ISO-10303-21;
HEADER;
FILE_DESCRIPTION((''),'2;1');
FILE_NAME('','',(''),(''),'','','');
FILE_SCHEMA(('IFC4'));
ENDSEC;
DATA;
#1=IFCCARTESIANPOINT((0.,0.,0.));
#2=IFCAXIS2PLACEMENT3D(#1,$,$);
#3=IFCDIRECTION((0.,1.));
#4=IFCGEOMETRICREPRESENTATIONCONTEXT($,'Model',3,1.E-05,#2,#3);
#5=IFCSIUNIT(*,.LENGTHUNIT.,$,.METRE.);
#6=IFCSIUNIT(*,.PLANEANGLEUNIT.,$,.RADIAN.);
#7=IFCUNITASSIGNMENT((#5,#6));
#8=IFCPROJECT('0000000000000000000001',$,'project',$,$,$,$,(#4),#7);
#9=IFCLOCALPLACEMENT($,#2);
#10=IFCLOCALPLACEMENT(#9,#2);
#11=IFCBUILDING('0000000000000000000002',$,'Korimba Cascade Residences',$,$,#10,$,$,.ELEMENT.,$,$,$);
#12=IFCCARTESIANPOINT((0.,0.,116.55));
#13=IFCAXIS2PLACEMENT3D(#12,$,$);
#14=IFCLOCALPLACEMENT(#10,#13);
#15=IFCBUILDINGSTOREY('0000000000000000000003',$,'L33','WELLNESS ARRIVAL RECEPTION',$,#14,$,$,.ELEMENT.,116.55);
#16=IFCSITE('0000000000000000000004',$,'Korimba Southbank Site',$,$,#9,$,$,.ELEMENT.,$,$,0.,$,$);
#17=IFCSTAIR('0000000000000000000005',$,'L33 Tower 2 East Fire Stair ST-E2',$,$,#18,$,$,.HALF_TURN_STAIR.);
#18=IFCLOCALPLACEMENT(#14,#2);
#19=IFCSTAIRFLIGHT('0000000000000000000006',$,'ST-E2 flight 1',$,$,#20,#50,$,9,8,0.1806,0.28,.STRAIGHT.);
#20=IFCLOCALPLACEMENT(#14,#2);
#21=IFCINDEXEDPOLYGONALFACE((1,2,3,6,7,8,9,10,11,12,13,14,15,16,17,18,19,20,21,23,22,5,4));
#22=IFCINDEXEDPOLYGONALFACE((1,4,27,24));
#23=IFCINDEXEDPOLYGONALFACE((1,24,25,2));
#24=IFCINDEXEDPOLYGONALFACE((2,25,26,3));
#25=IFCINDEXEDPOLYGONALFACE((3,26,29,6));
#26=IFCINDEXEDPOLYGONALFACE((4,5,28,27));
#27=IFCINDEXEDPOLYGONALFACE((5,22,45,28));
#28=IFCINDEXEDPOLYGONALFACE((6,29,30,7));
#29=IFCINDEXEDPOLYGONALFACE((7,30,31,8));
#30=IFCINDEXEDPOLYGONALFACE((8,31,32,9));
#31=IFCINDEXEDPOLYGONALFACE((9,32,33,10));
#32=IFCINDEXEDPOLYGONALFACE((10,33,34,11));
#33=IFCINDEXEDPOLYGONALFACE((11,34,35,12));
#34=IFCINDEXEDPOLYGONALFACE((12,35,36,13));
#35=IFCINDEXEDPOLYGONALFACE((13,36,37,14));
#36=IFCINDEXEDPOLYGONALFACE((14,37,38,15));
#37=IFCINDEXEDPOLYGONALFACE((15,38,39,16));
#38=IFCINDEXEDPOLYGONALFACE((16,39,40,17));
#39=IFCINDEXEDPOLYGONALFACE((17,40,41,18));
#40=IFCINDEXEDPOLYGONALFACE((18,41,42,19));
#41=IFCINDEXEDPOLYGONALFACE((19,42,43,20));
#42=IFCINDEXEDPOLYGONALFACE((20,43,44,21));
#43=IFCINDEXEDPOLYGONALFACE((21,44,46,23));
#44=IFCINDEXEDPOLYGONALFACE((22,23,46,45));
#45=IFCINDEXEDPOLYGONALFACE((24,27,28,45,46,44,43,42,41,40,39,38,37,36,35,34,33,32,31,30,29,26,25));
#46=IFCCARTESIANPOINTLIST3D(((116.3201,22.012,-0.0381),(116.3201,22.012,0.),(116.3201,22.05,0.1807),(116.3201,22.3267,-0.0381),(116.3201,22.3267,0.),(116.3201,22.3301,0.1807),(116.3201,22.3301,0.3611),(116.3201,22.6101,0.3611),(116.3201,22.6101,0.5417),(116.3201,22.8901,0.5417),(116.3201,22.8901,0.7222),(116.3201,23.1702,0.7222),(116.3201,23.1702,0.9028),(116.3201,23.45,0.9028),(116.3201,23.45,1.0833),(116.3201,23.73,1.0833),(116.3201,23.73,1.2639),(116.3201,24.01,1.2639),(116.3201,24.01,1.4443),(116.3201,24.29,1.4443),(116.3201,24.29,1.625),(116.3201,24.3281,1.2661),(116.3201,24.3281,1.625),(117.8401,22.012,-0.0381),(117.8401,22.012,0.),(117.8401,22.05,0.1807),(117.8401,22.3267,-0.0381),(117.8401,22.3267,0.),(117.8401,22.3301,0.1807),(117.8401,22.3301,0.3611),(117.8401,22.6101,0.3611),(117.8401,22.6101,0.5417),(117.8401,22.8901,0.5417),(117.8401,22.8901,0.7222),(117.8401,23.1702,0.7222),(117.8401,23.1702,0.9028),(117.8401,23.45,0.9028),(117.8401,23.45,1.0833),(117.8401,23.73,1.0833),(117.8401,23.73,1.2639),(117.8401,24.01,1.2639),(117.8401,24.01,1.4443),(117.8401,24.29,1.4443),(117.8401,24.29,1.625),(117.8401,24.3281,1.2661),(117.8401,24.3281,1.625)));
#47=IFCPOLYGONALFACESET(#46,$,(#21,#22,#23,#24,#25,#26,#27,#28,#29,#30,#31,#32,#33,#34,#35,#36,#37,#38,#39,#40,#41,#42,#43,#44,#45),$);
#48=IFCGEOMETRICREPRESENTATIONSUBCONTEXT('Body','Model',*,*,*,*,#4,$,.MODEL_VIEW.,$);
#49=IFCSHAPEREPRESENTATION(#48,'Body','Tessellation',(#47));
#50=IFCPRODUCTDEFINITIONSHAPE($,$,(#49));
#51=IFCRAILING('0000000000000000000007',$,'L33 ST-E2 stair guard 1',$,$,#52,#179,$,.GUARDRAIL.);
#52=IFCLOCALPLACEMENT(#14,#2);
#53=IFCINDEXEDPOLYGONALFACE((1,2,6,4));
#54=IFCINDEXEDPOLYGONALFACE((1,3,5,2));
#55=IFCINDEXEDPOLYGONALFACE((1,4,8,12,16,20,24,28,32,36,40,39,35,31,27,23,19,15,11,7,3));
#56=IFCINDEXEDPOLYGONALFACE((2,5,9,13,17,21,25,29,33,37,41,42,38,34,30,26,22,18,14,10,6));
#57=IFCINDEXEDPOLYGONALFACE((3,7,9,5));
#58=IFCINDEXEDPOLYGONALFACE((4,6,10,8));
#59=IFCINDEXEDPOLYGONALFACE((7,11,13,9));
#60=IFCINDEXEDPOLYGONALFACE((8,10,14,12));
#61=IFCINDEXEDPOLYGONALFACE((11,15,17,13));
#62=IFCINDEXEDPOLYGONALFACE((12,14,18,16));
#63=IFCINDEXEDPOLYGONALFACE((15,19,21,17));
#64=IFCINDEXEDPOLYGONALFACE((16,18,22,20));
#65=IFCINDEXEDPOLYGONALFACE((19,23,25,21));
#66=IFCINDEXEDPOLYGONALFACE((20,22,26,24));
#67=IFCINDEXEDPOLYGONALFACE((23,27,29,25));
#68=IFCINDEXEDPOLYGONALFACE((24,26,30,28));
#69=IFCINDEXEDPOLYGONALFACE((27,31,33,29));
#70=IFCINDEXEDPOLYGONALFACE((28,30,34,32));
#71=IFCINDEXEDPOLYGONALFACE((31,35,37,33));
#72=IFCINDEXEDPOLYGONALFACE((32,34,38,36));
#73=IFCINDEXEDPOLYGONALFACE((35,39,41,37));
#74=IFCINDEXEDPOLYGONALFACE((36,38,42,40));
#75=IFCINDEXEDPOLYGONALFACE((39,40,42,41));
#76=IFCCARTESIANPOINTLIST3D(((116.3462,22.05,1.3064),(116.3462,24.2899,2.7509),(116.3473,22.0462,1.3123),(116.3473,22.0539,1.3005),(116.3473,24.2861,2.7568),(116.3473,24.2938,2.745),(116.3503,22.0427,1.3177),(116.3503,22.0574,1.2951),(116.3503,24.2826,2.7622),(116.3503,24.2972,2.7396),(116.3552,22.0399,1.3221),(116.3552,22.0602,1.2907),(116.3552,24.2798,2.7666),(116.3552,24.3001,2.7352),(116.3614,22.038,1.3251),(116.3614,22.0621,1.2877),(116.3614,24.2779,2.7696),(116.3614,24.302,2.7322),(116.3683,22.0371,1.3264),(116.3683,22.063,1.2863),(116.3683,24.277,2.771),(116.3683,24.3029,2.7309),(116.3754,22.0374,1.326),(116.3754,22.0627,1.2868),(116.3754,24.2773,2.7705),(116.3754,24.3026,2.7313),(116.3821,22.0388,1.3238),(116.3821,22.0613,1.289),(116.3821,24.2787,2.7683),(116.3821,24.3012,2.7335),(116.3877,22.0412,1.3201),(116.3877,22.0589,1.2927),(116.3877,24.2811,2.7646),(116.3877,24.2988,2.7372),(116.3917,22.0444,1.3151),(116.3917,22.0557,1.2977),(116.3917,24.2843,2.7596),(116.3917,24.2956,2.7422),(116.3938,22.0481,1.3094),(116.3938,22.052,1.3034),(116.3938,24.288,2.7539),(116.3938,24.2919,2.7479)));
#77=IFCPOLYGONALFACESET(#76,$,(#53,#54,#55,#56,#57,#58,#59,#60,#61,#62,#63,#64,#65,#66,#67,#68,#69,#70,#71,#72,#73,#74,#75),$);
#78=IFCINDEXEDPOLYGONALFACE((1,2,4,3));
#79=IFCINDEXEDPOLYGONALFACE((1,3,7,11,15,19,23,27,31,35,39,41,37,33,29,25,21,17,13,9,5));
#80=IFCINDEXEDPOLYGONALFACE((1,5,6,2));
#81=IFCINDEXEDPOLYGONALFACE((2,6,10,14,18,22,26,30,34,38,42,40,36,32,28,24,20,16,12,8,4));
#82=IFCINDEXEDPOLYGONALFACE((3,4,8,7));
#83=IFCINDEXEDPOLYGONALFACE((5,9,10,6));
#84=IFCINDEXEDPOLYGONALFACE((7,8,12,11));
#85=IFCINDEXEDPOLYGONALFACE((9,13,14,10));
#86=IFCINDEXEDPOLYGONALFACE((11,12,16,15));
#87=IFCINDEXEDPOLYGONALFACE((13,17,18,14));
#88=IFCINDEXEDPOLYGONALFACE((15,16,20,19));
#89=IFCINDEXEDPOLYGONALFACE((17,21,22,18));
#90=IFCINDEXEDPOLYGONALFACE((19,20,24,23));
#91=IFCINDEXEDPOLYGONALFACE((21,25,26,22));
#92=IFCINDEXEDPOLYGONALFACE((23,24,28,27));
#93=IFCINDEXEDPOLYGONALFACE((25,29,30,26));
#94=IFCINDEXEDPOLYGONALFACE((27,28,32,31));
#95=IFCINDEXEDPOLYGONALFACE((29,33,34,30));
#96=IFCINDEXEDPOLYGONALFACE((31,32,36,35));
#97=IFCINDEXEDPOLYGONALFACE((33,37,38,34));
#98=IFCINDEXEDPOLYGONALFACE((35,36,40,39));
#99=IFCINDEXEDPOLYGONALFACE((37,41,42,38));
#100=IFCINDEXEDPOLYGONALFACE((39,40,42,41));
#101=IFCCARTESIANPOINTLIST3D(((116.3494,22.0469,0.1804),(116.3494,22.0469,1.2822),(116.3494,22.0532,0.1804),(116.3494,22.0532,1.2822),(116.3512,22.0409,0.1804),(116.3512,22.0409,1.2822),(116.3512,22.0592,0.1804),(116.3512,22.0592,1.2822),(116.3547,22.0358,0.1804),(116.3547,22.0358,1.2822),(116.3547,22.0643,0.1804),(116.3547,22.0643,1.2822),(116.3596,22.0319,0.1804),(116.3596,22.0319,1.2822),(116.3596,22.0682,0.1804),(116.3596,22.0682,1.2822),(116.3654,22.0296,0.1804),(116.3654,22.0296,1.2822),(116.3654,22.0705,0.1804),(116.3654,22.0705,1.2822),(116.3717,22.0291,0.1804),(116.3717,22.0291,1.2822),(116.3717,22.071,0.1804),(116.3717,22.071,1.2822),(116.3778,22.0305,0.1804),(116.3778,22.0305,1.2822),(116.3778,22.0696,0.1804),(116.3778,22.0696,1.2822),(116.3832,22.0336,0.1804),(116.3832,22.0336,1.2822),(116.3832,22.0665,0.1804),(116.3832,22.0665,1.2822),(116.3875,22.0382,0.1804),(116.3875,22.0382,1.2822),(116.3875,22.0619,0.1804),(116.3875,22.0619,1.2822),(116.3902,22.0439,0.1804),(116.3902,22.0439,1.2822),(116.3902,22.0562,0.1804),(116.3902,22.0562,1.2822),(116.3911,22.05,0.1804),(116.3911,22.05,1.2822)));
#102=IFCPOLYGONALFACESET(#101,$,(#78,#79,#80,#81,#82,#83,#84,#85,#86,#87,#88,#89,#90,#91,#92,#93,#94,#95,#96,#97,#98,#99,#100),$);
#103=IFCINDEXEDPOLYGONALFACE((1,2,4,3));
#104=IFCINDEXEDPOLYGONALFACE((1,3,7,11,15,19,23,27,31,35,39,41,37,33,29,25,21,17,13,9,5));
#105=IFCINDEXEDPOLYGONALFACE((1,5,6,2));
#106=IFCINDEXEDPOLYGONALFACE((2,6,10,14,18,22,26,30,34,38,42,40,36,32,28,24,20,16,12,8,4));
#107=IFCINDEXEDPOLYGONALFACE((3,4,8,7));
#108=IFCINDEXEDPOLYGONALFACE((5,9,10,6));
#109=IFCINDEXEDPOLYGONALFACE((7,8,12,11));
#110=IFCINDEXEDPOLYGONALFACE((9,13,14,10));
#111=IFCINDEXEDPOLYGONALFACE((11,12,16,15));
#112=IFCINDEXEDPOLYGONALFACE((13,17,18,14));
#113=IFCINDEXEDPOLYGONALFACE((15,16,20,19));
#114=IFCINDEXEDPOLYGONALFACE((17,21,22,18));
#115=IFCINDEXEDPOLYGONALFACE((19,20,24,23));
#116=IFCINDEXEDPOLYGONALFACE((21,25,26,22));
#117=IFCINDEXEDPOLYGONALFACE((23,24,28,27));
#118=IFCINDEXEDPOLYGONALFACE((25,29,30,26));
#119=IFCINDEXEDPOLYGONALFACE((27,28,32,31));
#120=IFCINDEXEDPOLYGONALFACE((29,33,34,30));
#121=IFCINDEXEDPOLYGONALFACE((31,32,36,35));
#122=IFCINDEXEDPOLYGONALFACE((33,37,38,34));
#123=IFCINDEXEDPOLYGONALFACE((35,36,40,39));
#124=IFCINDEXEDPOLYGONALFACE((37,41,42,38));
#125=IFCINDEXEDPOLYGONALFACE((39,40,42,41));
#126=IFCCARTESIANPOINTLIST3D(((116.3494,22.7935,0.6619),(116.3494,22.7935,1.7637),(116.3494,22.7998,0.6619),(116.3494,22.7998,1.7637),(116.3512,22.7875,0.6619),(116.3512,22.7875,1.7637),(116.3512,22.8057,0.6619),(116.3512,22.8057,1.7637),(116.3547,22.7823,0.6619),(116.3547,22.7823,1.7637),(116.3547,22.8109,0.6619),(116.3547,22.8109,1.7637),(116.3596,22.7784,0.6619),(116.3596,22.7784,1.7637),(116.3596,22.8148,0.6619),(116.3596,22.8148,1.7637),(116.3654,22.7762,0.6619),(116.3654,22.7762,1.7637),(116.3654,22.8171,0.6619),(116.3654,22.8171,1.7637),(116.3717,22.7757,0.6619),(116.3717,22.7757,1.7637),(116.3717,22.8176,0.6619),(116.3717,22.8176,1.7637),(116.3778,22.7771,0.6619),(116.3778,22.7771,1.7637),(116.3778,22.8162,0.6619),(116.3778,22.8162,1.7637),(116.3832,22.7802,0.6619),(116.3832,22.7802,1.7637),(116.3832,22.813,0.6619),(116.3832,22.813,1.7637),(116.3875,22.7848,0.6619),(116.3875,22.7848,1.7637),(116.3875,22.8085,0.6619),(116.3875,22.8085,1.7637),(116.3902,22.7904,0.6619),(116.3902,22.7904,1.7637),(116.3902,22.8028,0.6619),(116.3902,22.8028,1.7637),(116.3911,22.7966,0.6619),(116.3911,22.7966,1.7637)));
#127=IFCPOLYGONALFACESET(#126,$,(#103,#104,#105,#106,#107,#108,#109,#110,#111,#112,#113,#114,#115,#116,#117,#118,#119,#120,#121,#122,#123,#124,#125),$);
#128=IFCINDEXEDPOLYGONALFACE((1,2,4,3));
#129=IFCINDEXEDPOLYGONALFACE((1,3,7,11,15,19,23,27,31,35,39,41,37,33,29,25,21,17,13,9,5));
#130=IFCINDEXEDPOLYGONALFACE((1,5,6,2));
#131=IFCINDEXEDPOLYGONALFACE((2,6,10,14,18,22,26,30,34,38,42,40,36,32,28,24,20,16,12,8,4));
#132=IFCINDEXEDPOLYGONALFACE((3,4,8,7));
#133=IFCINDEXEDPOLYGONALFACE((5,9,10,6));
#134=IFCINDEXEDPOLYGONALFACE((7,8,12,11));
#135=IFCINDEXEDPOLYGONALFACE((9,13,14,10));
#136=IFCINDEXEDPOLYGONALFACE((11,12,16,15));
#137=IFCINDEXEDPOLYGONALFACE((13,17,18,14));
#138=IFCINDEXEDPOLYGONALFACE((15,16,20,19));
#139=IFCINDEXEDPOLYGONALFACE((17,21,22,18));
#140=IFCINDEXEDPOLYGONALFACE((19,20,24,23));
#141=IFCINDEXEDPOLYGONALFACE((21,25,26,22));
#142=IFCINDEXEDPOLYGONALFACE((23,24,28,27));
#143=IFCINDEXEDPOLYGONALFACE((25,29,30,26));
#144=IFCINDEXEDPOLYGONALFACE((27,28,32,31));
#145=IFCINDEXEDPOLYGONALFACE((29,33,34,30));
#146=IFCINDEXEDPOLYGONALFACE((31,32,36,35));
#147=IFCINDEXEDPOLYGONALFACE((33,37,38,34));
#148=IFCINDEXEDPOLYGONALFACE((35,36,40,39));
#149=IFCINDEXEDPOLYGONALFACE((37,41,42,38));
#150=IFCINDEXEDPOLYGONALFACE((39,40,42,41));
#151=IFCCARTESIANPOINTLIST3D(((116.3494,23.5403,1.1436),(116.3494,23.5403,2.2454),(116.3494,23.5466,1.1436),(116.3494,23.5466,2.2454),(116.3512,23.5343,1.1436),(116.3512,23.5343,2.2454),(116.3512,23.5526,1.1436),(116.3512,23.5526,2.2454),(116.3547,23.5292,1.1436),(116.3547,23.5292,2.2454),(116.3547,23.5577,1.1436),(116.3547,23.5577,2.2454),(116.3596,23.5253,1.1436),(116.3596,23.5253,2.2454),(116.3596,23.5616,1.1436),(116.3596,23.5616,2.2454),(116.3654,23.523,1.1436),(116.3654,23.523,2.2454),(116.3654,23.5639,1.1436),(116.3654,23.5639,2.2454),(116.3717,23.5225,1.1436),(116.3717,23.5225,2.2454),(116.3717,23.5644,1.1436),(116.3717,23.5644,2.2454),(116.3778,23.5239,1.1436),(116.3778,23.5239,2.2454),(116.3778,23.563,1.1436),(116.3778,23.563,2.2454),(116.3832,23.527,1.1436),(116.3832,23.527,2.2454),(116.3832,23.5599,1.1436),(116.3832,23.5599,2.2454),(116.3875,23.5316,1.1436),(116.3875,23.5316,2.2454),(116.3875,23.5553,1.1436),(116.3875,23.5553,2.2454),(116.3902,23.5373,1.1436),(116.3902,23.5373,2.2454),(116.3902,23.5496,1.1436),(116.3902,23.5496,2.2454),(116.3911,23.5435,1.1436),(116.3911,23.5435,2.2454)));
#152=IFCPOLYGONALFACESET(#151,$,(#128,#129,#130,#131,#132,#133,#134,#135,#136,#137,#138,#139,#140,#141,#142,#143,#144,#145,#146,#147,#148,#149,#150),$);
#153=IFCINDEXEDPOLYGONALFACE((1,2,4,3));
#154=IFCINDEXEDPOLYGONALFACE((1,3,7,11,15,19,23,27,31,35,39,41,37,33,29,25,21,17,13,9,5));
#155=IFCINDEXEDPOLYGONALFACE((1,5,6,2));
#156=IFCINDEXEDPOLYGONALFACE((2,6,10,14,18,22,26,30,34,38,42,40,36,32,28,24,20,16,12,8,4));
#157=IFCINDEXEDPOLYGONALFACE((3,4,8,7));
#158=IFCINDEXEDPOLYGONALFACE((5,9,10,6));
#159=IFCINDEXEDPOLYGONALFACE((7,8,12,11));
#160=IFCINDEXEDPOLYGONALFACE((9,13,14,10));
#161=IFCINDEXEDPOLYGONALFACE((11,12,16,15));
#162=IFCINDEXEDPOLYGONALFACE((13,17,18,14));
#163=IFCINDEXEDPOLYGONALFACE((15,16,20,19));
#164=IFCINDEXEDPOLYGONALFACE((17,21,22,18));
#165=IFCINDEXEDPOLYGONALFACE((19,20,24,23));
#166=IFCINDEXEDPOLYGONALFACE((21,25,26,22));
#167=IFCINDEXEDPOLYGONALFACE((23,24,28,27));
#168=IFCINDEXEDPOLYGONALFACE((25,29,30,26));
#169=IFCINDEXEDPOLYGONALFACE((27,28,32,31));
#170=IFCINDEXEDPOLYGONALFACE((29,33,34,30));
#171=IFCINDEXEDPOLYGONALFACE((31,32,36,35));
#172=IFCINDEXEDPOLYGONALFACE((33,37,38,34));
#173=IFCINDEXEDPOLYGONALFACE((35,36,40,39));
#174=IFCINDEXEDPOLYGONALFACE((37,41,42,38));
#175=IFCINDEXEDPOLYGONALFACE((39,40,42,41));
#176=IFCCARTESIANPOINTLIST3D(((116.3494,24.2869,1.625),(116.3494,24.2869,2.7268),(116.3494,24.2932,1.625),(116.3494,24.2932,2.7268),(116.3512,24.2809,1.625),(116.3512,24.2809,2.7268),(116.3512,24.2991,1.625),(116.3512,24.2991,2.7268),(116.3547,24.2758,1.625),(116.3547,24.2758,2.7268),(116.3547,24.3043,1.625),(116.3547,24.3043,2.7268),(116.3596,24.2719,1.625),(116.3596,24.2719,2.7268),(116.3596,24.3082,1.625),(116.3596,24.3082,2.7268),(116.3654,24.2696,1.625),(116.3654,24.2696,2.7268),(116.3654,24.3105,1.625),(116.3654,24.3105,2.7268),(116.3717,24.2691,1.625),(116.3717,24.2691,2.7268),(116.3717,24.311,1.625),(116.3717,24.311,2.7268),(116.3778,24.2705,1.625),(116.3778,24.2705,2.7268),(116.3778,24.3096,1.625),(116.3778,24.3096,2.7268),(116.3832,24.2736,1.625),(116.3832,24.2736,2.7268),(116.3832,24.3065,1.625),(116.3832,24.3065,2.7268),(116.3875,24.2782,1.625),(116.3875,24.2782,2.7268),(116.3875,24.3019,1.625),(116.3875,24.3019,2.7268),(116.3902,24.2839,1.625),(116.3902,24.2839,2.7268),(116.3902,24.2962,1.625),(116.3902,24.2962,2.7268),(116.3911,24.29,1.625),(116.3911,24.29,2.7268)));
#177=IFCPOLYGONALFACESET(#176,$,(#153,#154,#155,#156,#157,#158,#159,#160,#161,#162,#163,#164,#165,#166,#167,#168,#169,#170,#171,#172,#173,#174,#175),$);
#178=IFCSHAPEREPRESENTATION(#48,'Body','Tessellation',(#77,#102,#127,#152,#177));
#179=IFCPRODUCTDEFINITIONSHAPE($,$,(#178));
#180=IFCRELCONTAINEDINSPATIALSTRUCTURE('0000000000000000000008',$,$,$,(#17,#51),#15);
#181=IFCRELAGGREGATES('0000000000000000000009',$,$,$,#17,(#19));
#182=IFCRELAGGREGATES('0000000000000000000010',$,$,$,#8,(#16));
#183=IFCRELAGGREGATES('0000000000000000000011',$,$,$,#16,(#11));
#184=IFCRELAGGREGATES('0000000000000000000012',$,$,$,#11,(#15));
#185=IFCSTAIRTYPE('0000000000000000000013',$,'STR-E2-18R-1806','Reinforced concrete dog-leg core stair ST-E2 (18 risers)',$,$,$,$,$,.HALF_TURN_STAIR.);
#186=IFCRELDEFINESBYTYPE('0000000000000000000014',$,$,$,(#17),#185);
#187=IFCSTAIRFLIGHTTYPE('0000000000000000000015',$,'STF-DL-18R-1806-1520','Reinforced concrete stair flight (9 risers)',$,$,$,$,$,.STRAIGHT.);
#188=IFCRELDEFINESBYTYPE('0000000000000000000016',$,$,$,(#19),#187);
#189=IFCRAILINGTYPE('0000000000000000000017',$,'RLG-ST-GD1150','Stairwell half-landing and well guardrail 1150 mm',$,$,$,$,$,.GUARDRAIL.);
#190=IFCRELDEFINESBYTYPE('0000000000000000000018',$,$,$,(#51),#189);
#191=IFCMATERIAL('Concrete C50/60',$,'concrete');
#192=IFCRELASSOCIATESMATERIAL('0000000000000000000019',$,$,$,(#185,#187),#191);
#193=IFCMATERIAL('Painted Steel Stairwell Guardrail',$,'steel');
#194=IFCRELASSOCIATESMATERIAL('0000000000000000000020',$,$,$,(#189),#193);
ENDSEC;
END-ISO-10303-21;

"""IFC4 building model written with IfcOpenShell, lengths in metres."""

from ifc_helpers import new_model, si_unit, direction, frame, origin, origin_2d, place, context, subcontext, project, spatial, polyline, circle, outline, extrude, material, type_object, element, aggregate, save


model = new_model("IFC4")

# Units and contexts
model_context = context("Model", 3, precision=1e-05, world=origin(), true_north=direction((0.0, 1.0)))
body_context = subcontext(model_context, "Body", "Model", "MODEL_VIEW")
ifc_project = project(units=[si_unit("LENGTHUNIT", "METRE"), si_unit("PLANEANGLEUNIT", "RADIAN")], contexts=[model_context])

# Site, building, storey
site_placement = place(None, origin())
site = spatial("IfcSite", under=ifc_project, at=site_placement, Name="Korimba Southbank Site", CompositionType="ELEMENT", RefElevation=0.0)
building_placement = place(site_placement, origin())
building = spatial("IfcBuilding", under=site, at=building_placement, Name="Korimba Cascade Residences", CompositionType="ELEMENT")
storey_placement = place(building_placement, frame((0.0, 0.0, 116.55)))
storey = spatial("IfcBuildingStorey", under=building, at=storey_placement, Name="L33", Description="WELLNESS ARRIVAL RECEPTION", CompositionType="ELEMENT", Elevation=116.55)

# Stair, stair flight
ifc_material_1 = material(Name="Concrete C50/60", Category="concrete")
stair_type = type_object("IfcStairType", Name="STR-E2-18R-1806", Description="Reinforced concrete dog-leg core stair ST-E2 (18 risers)", PredefinedType="HALF_TURN_STAIR", material=ifc_material_1)
stair_placement = place(storey_placement, origin())
stair = element("IfcStair", 1, at=stair_placement, inside=storey, type_object=stair_type, Name="L33 Tower 2 East Fire Stair ST-E2", PredefinedType="HALF_TURN_STAIR")
stair_flight_type = type_object("IfcStairFlightType", Name="STF-DL-18R-1806-1520", Description="Reinforced concrete stair flight (9 risers)", PredefinedType="STRAIGHT", material=ifc_material_1)
stair_flight_placement = place(storey_placement, frame((117.0801, 22.05, 0.0), z_axis=(0.0, 0.0, 1.0), x_axis=(0.0, 1.0, 0.0)))
stair_flight = element("IfcStairFlight", 2, at=stair_flight_placement, type_object=stair_flight_type, Name="ST-E2 flight 1", NumberOfRisers=9, NumberOfTreads=8, PredefinedType="STRAIGHT", RiserHeight=0.1806, TreadLength=0.28, context=body_context, shape_type="SweptSolid", body=[
    extrude(outline(polyline([(-0.0381, 0.0), (0.0, 0.1807), (0.28, 0.1807), (0.28, 0.3611), (0.5601, 0.3611), (0.5601, 0.5417), (0.8401, 0.5417), (0.8401, 0.7222), (1.1201, 0.7222), (1.1201, 0.9028), (1.3999, 0.9028), (1.3999, 1.0833), (1.6799, 1.0833), (1.6799, 1.2639), (1.96, 1.2639), (1.96, 1.4443), (2.24, 1.4443), (2.24, 1.625), (2.2781, 1.625), (2.2781, 1.2661), (0.2766, 0.0), (0.2766, -0.0381), (-0.0381, -0.0381), (-0.0381, 0.0)])), frame((0.0, 0.76, 0.0), z_axis=(0.0, -1.0, 0.0), x_axis=(1.0, 0.0, 0.0)), (0.0, 0.0, 1.0), 1.52),
])
aggregate(stair, [stair_flight])

# Railing
ifc_material_2 = material(Name="Painted Steel Stairwell Guardrail", Category="steel")
railing_type_1 = type_object("IfcRailingType", Name="RLG-ST-GD1150", Description="Stairwell half-landing and well guardrail 1150 mm", PredefinedType="GUARDRAIL", material=ifc_material_2)
railing_1_placement = place(storey_placement, frame((116.3701, 22.05, 0.1804)))
element("IfcRailing", 3, at=railing_1_placement, inside=storey, type_object=railing_type_1, Name="L33 ST-E2 stair guard 1", PredefinedType="GUARDRAIL", context=body_context, shape_type="SweptSolid", body=[
    extrude(circle(Radius=0.0239, at=origin_2d()), frame((0.0, 0.0, 1.126), z_axis=(0.0, 0.840395, 0.541975), x_axis=(-1.0, 0.0, 0.0)), (0.0, 0.0, 1.0), 2.6653),
    extrude(circle(Radius=0.021, at=origin_2d()), origin(), (0.0, 0.0, 1.0), 1.1018),
    extrude(circle(Radius=0.021, at=origin_2d()), frame((0.0, 0.7466, 0.4814)), (0.0, 0.0, 1.0), 1.1018),
    extrude(circle(Radius=0.021, at=origin_2d()), frame((0.0, 1.4934, 0.9631)), (0.0, 0.0, 1.0), 1.1018),
    extrude(circle(Radius=0.021, at=origin_2d()), frame((0.0, 2.24, 1.4446)), (0.0, 0.0, 1.0), 1.1018),
])

save(model, "model.ifc")
